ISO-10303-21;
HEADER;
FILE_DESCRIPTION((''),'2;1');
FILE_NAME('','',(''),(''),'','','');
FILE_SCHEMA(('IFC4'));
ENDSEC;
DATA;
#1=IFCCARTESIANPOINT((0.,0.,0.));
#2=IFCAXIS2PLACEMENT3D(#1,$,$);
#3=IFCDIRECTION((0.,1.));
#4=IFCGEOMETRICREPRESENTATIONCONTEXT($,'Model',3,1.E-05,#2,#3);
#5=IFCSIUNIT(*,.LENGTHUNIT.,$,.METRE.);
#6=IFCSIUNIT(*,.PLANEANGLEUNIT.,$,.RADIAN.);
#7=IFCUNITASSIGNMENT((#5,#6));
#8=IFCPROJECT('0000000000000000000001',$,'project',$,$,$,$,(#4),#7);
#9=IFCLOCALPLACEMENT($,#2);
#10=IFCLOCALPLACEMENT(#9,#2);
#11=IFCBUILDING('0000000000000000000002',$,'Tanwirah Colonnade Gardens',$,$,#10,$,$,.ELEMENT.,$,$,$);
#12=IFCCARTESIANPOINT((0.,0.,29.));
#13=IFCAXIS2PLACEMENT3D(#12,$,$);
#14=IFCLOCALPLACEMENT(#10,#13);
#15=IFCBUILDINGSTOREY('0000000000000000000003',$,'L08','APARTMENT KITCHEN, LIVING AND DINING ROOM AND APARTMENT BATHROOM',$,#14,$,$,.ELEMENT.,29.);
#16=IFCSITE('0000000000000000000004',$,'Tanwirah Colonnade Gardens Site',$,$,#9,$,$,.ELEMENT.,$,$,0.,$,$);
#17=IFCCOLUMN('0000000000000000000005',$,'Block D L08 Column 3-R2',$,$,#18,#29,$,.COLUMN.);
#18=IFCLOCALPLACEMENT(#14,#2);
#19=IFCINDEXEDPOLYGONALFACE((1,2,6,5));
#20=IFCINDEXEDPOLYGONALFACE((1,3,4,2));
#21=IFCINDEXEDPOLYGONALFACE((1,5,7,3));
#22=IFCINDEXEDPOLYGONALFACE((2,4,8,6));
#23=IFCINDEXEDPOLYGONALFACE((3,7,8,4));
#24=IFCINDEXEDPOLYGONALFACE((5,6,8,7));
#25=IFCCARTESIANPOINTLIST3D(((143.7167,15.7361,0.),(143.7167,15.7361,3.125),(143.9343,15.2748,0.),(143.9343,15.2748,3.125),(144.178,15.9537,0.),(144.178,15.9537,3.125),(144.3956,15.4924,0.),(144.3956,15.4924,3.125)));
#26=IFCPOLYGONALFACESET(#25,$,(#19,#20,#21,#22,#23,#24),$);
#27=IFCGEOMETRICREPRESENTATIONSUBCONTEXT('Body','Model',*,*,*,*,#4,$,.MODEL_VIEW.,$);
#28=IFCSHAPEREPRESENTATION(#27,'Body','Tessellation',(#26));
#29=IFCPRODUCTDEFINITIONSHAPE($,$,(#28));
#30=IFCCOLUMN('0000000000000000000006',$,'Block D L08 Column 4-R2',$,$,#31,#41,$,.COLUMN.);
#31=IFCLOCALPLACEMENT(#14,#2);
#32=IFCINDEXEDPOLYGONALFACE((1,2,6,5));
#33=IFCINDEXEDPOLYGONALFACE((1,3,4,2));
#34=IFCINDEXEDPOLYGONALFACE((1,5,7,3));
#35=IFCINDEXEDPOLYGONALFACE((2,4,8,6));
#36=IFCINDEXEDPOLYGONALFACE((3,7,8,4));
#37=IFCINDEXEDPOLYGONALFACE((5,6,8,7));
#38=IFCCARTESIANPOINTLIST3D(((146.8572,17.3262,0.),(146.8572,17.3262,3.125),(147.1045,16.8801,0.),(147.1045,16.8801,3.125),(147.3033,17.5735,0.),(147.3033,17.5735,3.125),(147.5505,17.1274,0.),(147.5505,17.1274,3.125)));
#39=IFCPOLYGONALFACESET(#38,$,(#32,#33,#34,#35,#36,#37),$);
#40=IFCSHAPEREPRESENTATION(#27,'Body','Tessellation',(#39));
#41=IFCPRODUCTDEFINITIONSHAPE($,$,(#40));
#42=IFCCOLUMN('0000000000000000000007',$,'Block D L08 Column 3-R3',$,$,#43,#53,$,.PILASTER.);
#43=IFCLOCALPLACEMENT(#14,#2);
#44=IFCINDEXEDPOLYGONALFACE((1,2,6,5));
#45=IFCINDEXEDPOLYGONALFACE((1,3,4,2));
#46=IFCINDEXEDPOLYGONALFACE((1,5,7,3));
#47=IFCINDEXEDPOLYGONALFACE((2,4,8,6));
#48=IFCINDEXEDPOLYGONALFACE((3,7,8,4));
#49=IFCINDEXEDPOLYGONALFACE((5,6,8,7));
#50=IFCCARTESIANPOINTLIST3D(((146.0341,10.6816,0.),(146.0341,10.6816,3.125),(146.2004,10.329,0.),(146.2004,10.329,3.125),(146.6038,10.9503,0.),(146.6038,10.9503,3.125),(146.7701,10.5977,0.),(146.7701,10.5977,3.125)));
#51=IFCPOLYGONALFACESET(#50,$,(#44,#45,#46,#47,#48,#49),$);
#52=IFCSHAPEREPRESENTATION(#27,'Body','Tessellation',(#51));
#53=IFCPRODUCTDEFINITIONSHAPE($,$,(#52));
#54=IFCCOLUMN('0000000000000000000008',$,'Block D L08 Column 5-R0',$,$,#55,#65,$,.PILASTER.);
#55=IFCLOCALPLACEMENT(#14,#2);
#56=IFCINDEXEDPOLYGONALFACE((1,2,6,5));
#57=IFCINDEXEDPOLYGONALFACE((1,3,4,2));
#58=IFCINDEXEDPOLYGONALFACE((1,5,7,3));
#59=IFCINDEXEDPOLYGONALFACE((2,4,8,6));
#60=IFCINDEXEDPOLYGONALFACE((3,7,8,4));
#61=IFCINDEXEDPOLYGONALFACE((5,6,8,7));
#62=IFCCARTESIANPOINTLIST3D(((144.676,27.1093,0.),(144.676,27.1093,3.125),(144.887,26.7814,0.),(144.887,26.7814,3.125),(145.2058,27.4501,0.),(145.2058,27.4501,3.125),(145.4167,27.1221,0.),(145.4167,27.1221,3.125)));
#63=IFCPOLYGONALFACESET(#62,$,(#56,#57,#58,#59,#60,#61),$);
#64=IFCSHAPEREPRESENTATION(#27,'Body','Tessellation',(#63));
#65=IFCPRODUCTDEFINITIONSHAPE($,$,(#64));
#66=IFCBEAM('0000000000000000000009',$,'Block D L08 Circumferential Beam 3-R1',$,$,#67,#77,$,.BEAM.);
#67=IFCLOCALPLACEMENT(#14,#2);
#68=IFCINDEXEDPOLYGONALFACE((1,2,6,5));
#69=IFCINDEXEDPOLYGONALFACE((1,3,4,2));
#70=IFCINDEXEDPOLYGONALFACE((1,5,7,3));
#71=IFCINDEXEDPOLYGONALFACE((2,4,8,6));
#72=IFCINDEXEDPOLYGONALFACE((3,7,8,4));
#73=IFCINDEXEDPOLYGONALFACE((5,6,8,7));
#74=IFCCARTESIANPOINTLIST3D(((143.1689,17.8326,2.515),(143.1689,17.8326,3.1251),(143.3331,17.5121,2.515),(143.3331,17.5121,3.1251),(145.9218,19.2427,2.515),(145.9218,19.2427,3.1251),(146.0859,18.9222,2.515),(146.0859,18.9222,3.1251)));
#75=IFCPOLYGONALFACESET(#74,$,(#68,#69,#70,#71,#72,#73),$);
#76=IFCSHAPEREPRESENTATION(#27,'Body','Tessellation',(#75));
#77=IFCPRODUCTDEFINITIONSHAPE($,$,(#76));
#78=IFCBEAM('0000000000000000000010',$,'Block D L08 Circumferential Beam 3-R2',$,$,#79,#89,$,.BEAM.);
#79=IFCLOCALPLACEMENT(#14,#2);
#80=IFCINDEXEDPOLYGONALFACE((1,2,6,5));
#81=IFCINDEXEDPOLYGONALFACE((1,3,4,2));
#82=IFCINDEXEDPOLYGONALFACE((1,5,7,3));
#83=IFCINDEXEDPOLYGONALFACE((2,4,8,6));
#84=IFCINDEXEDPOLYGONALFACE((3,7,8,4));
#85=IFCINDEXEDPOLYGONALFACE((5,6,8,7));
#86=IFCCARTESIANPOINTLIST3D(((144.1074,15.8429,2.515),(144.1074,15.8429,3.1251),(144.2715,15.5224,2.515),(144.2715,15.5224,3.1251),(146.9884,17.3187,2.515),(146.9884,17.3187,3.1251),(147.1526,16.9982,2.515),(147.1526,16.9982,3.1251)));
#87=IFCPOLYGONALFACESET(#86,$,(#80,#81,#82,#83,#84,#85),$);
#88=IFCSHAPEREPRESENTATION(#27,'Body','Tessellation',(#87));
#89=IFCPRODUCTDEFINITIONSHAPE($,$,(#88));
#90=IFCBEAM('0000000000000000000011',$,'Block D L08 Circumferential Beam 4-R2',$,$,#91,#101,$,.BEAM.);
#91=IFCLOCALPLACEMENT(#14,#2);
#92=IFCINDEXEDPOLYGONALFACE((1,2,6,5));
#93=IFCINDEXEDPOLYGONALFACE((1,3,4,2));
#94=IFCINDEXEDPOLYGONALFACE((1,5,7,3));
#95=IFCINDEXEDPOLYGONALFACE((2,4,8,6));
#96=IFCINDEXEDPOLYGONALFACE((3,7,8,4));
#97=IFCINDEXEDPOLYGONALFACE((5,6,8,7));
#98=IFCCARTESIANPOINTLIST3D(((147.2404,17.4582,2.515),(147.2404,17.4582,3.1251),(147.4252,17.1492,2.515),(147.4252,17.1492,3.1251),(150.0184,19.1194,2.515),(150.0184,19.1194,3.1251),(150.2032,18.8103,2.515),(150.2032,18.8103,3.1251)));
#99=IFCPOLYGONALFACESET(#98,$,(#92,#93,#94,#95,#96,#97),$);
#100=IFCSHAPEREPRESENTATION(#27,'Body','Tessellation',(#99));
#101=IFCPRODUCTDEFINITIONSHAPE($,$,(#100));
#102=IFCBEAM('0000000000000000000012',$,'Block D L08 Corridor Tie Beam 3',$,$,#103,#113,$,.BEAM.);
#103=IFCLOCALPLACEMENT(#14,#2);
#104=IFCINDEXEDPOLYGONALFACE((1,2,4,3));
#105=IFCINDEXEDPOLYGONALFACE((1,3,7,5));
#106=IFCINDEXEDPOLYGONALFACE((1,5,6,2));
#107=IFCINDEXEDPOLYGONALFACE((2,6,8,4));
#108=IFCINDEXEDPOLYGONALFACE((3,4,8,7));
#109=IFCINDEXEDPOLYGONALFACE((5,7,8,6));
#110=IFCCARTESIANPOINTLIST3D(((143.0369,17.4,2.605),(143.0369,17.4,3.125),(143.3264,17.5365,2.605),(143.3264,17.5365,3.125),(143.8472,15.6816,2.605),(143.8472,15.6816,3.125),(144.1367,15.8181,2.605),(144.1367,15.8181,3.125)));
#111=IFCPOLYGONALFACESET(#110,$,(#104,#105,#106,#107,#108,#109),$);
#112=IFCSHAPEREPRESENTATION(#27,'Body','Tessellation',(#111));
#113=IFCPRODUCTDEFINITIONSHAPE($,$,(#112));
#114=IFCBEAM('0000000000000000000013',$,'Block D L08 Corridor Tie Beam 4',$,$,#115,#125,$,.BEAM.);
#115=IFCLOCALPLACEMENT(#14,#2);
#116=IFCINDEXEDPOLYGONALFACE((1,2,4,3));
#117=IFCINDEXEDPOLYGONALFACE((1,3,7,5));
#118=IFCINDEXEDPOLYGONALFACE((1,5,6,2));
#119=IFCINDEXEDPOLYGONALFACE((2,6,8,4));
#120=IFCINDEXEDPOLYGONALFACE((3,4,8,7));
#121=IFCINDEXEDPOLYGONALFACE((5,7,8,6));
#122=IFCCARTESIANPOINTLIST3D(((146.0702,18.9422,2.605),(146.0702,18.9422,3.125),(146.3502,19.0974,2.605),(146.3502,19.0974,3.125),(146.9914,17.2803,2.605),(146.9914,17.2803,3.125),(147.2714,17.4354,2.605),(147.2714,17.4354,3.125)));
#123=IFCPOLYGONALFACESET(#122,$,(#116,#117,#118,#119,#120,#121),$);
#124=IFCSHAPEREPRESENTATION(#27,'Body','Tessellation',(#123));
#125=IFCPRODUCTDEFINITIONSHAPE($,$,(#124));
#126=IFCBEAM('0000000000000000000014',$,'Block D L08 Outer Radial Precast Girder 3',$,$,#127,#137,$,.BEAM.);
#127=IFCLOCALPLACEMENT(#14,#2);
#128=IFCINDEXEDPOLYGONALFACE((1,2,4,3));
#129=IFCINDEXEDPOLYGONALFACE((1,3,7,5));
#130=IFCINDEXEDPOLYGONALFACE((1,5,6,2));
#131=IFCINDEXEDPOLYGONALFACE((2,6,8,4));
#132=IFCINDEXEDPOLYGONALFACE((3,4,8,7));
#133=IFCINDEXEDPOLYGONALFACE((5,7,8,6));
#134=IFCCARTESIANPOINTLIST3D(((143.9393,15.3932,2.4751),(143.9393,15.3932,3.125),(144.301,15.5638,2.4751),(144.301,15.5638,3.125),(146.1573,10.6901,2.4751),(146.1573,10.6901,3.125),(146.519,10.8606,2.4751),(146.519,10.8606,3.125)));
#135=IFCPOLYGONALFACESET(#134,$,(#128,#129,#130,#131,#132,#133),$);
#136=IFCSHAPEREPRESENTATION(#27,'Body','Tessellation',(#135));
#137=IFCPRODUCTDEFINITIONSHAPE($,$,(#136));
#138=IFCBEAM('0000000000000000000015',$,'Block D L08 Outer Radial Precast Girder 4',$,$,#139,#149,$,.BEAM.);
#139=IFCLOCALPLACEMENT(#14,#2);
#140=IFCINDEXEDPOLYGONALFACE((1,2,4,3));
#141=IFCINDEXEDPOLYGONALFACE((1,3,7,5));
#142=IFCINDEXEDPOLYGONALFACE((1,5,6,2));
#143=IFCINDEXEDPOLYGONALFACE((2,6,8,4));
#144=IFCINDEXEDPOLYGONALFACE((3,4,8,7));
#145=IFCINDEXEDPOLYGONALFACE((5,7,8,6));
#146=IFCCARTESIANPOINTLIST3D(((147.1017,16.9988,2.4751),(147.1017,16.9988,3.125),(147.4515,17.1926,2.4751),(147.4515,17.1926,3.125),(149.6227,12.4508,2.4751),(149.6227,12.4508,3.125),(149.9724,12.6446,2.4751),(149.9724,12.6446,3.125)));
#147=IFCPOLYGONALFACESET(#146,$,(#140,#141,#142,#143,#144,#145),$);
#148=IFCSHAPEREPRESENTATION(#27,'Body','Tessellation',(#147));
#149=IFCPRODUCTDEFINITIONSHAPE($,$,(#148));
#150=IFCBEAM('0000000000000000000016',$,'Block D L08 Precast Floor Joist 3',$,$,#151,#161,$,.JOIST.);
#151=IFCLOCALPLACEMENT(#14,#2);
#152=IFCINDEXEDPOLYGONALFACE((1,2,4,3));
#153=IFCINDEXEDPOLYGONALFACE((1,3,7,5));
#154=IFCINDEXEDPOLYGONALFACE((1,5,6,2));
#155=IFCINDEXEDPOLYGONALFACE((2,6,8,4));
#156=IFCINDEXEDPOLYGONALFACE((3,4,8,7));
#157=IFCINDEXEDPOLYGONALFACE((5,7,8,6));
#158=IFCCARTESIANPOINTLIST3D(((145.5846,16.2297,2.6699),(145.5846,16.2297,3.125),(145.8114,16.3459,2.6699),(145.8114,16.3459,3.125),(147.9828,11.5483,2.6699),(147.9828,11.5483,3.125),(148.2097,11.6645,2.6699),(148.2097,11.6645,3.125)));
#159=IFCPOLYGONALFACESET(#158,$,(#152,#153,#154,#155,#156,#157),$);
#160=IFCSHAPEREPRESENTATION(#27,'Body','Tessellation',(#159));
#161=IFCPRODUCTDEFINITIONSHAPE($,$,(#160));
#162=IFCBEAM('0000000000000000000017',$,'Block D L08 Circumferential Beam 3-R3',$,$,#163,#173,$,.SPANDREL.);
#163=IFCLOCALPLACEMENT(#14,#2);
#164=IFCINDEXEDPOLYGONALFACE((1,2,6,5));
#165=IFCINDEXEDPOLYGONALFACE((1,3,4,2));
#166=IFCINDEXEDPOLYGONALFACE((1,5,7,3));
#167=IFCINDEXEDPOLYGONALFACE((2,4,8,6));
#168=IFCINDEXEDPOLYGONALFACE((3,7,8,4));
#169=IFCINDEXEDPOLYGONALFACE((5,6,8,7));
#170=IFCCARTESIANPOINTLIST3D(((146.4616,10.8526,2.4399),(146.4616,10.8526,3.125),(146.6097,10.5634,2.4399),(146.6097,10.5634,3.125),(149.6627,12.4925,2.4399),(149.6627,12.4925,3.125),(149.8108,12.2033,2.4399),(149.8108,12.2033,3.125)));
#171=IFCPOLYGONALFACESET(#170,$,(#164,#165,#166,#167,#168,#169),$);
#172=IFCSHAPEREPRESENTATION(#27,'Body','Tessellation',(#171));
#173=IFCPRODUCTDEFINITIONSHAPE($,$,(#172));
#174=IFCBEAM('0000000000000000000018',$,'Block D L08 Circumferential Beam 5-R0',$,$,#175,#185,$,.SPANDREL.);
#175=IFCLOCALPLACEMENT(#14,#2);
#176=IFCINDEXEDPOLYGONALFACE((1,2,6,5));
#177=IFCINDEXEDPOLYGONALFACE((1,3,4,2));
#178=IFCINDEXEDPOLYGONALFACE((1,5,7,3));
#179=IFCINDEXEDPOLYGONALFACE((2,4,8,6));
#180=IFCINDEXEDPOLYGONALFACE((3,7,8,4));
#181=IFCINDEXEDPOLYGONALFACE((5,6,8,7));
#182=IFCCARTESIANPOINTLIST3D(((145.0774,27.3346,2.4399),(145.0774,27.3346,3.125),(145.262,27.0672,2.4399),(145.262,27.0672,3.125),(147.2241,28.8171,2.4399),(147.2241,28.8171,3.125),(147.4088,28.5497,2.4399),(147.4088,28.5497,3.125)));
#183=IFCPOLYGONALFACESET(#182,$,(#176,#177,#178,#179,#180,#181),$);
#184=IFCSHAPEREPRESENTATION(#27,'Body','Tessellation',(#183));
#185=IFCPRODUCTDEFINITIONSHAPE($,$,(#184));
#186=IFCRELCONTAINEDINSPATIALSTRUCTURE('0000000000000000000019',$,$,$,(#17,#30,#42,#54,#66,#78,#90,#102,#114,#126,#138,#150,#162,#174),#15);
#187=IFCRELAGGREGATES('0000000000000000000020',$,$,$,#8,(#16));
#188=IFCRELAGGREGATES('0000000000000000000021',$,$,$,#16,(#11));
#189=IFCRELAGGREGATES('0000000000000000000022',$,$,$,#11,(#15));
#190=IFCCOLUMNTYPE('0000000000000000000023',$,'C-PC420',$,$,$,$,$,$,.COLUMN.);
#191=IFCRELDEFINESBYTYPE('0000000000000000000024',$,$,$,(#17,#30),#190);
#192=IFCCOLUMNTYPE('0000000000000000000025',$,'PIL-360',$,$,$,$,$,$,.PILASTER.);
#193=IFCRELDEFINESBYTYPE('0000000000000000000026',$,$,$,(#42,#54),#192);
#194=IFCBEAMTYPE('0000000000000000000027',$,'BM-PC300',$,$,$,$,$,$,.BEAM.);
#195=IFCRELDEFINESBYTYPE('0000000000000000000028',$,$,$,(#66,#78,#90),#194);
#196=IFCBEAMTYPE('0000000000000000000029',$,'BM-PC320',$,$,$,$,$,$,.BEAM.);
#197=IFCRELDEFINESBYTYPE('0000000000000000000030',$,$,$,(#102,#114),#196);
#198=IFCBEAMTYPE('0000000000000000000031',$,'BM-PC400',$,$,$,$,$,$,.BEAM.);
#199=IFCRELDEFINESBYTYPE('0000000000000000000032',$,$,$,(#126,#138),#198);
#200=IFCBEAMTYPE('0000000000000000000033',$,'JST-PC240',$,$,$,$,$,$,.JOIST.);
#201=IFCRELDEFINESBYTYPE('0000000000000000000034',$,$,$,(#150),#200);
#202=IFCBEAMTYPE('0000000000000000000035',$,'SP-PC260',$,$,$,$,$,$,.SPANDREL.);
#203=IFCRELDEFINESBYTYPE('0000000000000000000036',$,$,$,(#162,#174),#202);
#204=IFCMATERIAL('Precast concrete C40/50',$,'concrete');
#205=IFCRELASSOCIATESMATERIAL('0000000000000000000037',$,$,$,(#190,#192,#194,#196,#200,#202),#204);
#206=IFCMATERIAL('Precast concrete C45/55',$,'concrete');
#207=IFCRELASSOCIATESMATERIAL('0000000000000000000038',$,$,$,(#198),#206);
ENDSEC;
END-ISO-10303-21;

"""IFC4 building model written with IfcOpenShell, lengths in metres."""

from ifc_helpers import new_model, si_unit, direction, frame, origin, origin_2d, place, context, subcontext, project, spatial, rectangle, extrude, material, material_profile, profile_set, type_object, element, save


model = new_model("IFC4")

# Units and contexts
model_context = context("Model", 3, precision=1e-05, world=origin(), true_north=direction((0.0, 1.0)))
body_context = subcontext(model_context, "Body", "Model", "MODEL_VIEW")
ifc_project = project(units=[si_unit("LENGTHUNIT", "METRE"), si_unit("PLANEANGLEUNIT", "RADIAN")], contexts=[model_context])

# Site, building, storey
site_placement = place(None, origin())
site = spatial("IfcSite", under=ifc_project, at=site_placement, Name="Tanwirah Colonnade Gardens Site", CompositionType="ELEMENT", RefElevation=0.0)
building_placement = place(site_placement, origin())
building = spatial("IfcBuilding", under=site, at=building_placement, Name="Tanwirah Colonnade Gardens", CompositionType="ELEMENT")
storey_placement = place(building_placement, frame((0.0, 0.0, 29.0)))
storey = spatial("IfcBuildingStorey", under=building, at=storey_placement, Name="L08", Description="APARTMENT KITCHEN, LIVING AND DINING ROOM AND APARTMENT BATHROOM", CompositionType="ELEMENT", Elevation=29.0)

# Columns
ifc_material_1 = material(Name="Precast concrete C40/50", Category="concrete")
ifc_material_profile_1 = material_profile(ifc_material_1, rectangle(XDim=0.51, YDim=0.51, at=origin_2d()), Name="PC-COL 510x510")
ifc_profile_set_1 = profile_set([ifc_material_profile_1], Name="Precast concrete C40/50")
column_type_1 = type_object("IfcColumnType", Name="C-PC420", PredefinedType="COLUMN", material=ifc_profile_set_1)
for number, where, z_axis, x_axis, name in (
    (1, (144.0562, 15.6143, 0.0), (0.0, 0.0, 1.0), (0.426569, -0.904455, 0.0), "Block D L08 Column 3-R2"),
    (2, (147.2039, 17.2268, 0.0), (0.0, 0.0, 1.0), (0.48481, -0.87462, 0.0), "Block D L08 Column 4-R2"),
):
    element("IfcColumn", number, at=place(storey_placement, frame(where, z_axis=z_axis, x_axis=x_axis)), inside=storey, type_object=column_type_1, Name=name, PredefinedType="COLUMN", context=body_context, shape_type="SweptSolid", body=[
        extrude(rectangle(XDim=0.51, YDim=0.51, at=origin_2d()), origin(), (0.0, 0.0, 1.0), 3.125),
    ])
ifc_material_profile_2 = material_profile(ifc_material_1, rectangle(XDim=0.3899, YDim=0.6299, at=origin_2d()), Name="PC-PIL 390x630")
ifc_profile_set_2 = profile_set([ifc_material_profile_2], Name="Precast concrete C40/50")
column_type_2 = type_object("IfcColumnType", Name="PIL-360", PredefinedType="PILASTER", material=ifc_profile_set_2)
for number, where, z_axis, x_axis, name in (
    (3, (146.4021, 10.6396, 0.0), (0.0, 0.0, 1.0), (0.426569, -0.904455, 0.0), "Block D L08 Column 3-R3"),
    (4, (145.0464, 27.1157, 0.0), (0.0, 0.0, 1.0), (0.540974, -0.841039, 0.0), "Block D L08 Column 5-R0"),
):
    element("IfcColumn", number, at=place(storey_placement, frame(where, z_axis=z_axis, x_axis=x_axis)), inside=storey, type_object=column_type_2, Name=name, PredefinedType="PILASTER", context=body_context, shape_type="SweptSolid", body=[
        extrude(rectangle(XDim=0.3899, YDim=0.6299, at=origin_2d()), origin(), (0.0, 0.0, 1.0), 3.125),
    ])

# Beams
ifc_material_profile_3 = material_profile(ifc_material_1, rectangle(XDim=0.3601, YDim=0.6101, at=origin_2d()), Name="PC-BM 360x610")
ifc_profile_set_3 = profile_set([ifc_material_profile_3], Name="Precast concrete C40/50")
beam_type_1 = type_object("IfcBeamType", Name="BM-PC300", PredefinedType="BEAM", material=ifc_profile_set_3)
beam_1_placement = place(storey_placement, frame((143.251, 17.6724, 2.8201), z_axis=(0.890028, 0.455906, 0.0), x_axis=(-0.455906, 0.890028, 0.0)))
element("IfcBeam", 5, at=beam_1_placement, inside=storey, type_object=beam_type_1, Name="Block D L08 Circumferential Beam 3-R1", PredefinedType="BEAM", context=body_context, shape_type="SweptSolid", body=[
    extrude(rectangle(XDim=0.3601, YDim=0.6101, at=origin_2d()), origin(), (0.0, 0.0, 1.0), 3.093),
])
beam_2_placement = place(storey_placement, frame((144.1895, 15.6826, 2.8201), z_axis=(0.890025, 0.455911, 0.0), x_axis=(-0.455911, 0.890025, 0.0)))
element("IfcBeam", 6, at=beam_2_placement, inside=storey, type_object=beam_type_1, Name="Block D L08 Circumferential Beam 3-R2", PredefinedType="BEAM", context=body_context, shape_type="SweptSolid", body=[
    extrude(rectangle(XDim=0.3601, YDim=0.6101, at=origin_2d()), origin(), (0.0, 0.0, 1.0), 3.2371),
])
beam_3_placement = place(storey_placement, frame((147.3328, 17.3037, 2.8201), z_axis=(0.858271, 0.513197, 0.0), x_axis=(-0.513197, 0.858271, 0.0)))
element("IfcBeam", 7, at=beam_3_placement, inside=storey, type_object=beam_type_1, Name="Block D L08 Circumferential Beam 4-R2", PredefinedType="BEAM", context=body_context, shape_type="SweptSolid", body=[
    extrude(rectangle(XDim=0.3601, YDim=0.6101, at=origin_2d()), origin(), (0.0, 0.0, 1.0), 3.2368),
])
ifc_material_profile_4 = material_profile(ifc_material_1, rectangle(XDim=0.3201, YDim=0.52, at=origin_2d()), Name="PC-BM 320x520")
ifc_profile_set_4 = profile_set([ifc_material_profile_4], Name="Precast concrete C40/50")
beam_type_2 = type_object("IfcBeamType", Name="BM-PC320", PredefinedType="BEAM", material=ifc_profile_set_4)
beam_4_placement = place(storey_placement, frame((143.1816, 17.4683, 2.865), z_axis=(0.426484, -0.904495, 0.0), x_axis=(0.904495, 0.426484, 0.0)))
element("IfcBeam", 8, at=beam_4_placement, inside=storey, type_object=beam_type_2, Name="Block D L08 Corridor Tie Beam 3", PredefinedType="BEAM", context=body_context, shape_type="SweptSolid", body=[
    extrude(rectangle(XDim=0.3201, YDim=0.52, at=origin_2d()), origin(), (0.0, 0.0, 1.0), 1.8999),
])
beam_5_placement = place(storey_placement, frame((146.2102, 19.0198, 2.865), z_axis=(0.484792, -0.87463, 0.0), x_axis=(0.87463, 0.484792, 0.0)))
element("IfcBeam", 9, at=beam_5_placement, inside=storey, type_object=beam_type_2, Name="Block D L08 Corridor Tie Beam 4", PredefinedType="BEAM", context=body_context, shape_type="SweptSolid", body=[
    extrude(rectangle(XDim=0.3201, YDim=0.52, at=origin_2d()), origin(), (0.0, 0.0, 1.0), 1.9001),
])
ifc_material_2 = material(Name="Precast concrete C45/55", Category="concrete")
ifc_material_profile_5 = material_profile(ifc_material_2, rectangle(XDim=0.3999, YDim=0.6499, at=origin_2d()), Name="PC-BM 400x650")
ifc_profile_set_5 = profile_set([ifc_material_profile_5], Name="Precast concrete C45/55")
beam_type_3 = type_object("IfcBeamType", Name="BM-PC400", PredefinedType="BEAM", material=ifc_profile_set_5)
for number, where, z_axis, x_axis, name in (
    (10, (144.1201, 15.4785, 2.8), (0.42655, -0.904464, 0.0), (0.904464, 0.42655, 0.0), "Block D L08 Outer Radial Precast Girder 3"),
    (11, (147.2766, 17.0957, 2.8), (0.484802, -0.874624, 0.0), (0.874624, 0.484802, 0.0), "Block D L08 Outer Radial Precast Girder 4"),
):
    element("IfcBeam", number, at=place(storey_placement, frame(where, z_axis=z_axis, x_axis=x_axis)), inside=storey, type_object=beam_type_3, Name=name, PredefinedType="BEAM", context=body_context, shape_type="SweptSolid", body=[
        extrude(rectangle(XDim=0.3999, YDim=0.6499, at=origin_2d()), origin(), (0.0, 0.0, 1.0), 5.2),
    ])
ifc_material_profile_6 = material_profile(ifc_material_1, rectangle(XDim=0.2549, YDim=0.4551, at=origin_2d()), Name="PC-JST 255x455")
ifc_profile_set_6 = profile_set([ifc_material_profile_6], Name="Precast concrete C40/50")
beam_type_4 = type_object("IfcBeamType", Name="JST-PC240", PredefinedType="JOIST", material=ifc_profile_set_6)
beam_6_placement = place(storey_placement, frame((145.698, 16.2878, 2.8975), z_axis=(0.455937, -0.890012, 0.0), x_axis=(0.890012, 0.455937, 0.0)))
element("IfcBeam", 12, at=beam_6_placement, inside=storey, type_object=beam_type_4, Name="Block D L08 Precast Floor Joist 3", PredefinedType="JOIST", context=body_context, shape_type="SweptSolid", body=[
    extrude(rectangle(XDim=0.2549, YDim=0.4551, at=origin_2d()), origin(), (0.0, 0.0, 1.0), 5.26),
])
ifc_material_profile_7 = material_profile(ifc_material_1, rectangle(XDim=0.325, YDim=0.6851, at=origin_2d()), Name="PC-SP 325x685")
ifc_profile_set_7 = profile_set([ifc_material_profile_7], Name="Precast concrete C40/50")
beam_type_5 = type_object("IfcBeamType", Name="SP-PC260", PredefinedType="SPANDREL", material=ifc_profile_set_7)
beam_7_placement = place(storey_placement, frame((146.5356, 10.708, 2.7825), z_axis=(0.890013, 0.455935, 0.0), x_axis=(-0.455935, 0.890013, 0.0)))
element("IfcBeam", 13, at=beam_7_placement, inside=storey, type_object=beam_type_5, Name="Block D L08 Circumferential Beam 3-R3", PredefinedType="SPANDREL", context=body_context, shape_type="SweptSolid", body=[
    extrude(rectangle(XDim=0.325, YDim=0.6851, at=origin_2d()), origin(), (0.0, 0.0, 1.0), 3.5967),
])
beam_8_placement = place(storey_placement, frame((145.1697, 27.2009, 2.7825), z_axis=(0.822869, 0.568231, 0.0), x_axis=(-0.568231, 0.822869, 0.0)))
element("IfcBeam", 14, at=beam_8_placement, inside=storey, type_object=beam_type_5, Name="Block D L08 Circumferential Beam 5-R0", PredefinedType="SPANDREL", context=body_context, shape_type="SweptSolid", body=[
    extrude(rectangle(XDim=0.325, YDim=0.6851, at=origin_2d()), origin(), (0.0, 0.0, 1.0), 2.6089),
])

save(model, "model.ifc")
